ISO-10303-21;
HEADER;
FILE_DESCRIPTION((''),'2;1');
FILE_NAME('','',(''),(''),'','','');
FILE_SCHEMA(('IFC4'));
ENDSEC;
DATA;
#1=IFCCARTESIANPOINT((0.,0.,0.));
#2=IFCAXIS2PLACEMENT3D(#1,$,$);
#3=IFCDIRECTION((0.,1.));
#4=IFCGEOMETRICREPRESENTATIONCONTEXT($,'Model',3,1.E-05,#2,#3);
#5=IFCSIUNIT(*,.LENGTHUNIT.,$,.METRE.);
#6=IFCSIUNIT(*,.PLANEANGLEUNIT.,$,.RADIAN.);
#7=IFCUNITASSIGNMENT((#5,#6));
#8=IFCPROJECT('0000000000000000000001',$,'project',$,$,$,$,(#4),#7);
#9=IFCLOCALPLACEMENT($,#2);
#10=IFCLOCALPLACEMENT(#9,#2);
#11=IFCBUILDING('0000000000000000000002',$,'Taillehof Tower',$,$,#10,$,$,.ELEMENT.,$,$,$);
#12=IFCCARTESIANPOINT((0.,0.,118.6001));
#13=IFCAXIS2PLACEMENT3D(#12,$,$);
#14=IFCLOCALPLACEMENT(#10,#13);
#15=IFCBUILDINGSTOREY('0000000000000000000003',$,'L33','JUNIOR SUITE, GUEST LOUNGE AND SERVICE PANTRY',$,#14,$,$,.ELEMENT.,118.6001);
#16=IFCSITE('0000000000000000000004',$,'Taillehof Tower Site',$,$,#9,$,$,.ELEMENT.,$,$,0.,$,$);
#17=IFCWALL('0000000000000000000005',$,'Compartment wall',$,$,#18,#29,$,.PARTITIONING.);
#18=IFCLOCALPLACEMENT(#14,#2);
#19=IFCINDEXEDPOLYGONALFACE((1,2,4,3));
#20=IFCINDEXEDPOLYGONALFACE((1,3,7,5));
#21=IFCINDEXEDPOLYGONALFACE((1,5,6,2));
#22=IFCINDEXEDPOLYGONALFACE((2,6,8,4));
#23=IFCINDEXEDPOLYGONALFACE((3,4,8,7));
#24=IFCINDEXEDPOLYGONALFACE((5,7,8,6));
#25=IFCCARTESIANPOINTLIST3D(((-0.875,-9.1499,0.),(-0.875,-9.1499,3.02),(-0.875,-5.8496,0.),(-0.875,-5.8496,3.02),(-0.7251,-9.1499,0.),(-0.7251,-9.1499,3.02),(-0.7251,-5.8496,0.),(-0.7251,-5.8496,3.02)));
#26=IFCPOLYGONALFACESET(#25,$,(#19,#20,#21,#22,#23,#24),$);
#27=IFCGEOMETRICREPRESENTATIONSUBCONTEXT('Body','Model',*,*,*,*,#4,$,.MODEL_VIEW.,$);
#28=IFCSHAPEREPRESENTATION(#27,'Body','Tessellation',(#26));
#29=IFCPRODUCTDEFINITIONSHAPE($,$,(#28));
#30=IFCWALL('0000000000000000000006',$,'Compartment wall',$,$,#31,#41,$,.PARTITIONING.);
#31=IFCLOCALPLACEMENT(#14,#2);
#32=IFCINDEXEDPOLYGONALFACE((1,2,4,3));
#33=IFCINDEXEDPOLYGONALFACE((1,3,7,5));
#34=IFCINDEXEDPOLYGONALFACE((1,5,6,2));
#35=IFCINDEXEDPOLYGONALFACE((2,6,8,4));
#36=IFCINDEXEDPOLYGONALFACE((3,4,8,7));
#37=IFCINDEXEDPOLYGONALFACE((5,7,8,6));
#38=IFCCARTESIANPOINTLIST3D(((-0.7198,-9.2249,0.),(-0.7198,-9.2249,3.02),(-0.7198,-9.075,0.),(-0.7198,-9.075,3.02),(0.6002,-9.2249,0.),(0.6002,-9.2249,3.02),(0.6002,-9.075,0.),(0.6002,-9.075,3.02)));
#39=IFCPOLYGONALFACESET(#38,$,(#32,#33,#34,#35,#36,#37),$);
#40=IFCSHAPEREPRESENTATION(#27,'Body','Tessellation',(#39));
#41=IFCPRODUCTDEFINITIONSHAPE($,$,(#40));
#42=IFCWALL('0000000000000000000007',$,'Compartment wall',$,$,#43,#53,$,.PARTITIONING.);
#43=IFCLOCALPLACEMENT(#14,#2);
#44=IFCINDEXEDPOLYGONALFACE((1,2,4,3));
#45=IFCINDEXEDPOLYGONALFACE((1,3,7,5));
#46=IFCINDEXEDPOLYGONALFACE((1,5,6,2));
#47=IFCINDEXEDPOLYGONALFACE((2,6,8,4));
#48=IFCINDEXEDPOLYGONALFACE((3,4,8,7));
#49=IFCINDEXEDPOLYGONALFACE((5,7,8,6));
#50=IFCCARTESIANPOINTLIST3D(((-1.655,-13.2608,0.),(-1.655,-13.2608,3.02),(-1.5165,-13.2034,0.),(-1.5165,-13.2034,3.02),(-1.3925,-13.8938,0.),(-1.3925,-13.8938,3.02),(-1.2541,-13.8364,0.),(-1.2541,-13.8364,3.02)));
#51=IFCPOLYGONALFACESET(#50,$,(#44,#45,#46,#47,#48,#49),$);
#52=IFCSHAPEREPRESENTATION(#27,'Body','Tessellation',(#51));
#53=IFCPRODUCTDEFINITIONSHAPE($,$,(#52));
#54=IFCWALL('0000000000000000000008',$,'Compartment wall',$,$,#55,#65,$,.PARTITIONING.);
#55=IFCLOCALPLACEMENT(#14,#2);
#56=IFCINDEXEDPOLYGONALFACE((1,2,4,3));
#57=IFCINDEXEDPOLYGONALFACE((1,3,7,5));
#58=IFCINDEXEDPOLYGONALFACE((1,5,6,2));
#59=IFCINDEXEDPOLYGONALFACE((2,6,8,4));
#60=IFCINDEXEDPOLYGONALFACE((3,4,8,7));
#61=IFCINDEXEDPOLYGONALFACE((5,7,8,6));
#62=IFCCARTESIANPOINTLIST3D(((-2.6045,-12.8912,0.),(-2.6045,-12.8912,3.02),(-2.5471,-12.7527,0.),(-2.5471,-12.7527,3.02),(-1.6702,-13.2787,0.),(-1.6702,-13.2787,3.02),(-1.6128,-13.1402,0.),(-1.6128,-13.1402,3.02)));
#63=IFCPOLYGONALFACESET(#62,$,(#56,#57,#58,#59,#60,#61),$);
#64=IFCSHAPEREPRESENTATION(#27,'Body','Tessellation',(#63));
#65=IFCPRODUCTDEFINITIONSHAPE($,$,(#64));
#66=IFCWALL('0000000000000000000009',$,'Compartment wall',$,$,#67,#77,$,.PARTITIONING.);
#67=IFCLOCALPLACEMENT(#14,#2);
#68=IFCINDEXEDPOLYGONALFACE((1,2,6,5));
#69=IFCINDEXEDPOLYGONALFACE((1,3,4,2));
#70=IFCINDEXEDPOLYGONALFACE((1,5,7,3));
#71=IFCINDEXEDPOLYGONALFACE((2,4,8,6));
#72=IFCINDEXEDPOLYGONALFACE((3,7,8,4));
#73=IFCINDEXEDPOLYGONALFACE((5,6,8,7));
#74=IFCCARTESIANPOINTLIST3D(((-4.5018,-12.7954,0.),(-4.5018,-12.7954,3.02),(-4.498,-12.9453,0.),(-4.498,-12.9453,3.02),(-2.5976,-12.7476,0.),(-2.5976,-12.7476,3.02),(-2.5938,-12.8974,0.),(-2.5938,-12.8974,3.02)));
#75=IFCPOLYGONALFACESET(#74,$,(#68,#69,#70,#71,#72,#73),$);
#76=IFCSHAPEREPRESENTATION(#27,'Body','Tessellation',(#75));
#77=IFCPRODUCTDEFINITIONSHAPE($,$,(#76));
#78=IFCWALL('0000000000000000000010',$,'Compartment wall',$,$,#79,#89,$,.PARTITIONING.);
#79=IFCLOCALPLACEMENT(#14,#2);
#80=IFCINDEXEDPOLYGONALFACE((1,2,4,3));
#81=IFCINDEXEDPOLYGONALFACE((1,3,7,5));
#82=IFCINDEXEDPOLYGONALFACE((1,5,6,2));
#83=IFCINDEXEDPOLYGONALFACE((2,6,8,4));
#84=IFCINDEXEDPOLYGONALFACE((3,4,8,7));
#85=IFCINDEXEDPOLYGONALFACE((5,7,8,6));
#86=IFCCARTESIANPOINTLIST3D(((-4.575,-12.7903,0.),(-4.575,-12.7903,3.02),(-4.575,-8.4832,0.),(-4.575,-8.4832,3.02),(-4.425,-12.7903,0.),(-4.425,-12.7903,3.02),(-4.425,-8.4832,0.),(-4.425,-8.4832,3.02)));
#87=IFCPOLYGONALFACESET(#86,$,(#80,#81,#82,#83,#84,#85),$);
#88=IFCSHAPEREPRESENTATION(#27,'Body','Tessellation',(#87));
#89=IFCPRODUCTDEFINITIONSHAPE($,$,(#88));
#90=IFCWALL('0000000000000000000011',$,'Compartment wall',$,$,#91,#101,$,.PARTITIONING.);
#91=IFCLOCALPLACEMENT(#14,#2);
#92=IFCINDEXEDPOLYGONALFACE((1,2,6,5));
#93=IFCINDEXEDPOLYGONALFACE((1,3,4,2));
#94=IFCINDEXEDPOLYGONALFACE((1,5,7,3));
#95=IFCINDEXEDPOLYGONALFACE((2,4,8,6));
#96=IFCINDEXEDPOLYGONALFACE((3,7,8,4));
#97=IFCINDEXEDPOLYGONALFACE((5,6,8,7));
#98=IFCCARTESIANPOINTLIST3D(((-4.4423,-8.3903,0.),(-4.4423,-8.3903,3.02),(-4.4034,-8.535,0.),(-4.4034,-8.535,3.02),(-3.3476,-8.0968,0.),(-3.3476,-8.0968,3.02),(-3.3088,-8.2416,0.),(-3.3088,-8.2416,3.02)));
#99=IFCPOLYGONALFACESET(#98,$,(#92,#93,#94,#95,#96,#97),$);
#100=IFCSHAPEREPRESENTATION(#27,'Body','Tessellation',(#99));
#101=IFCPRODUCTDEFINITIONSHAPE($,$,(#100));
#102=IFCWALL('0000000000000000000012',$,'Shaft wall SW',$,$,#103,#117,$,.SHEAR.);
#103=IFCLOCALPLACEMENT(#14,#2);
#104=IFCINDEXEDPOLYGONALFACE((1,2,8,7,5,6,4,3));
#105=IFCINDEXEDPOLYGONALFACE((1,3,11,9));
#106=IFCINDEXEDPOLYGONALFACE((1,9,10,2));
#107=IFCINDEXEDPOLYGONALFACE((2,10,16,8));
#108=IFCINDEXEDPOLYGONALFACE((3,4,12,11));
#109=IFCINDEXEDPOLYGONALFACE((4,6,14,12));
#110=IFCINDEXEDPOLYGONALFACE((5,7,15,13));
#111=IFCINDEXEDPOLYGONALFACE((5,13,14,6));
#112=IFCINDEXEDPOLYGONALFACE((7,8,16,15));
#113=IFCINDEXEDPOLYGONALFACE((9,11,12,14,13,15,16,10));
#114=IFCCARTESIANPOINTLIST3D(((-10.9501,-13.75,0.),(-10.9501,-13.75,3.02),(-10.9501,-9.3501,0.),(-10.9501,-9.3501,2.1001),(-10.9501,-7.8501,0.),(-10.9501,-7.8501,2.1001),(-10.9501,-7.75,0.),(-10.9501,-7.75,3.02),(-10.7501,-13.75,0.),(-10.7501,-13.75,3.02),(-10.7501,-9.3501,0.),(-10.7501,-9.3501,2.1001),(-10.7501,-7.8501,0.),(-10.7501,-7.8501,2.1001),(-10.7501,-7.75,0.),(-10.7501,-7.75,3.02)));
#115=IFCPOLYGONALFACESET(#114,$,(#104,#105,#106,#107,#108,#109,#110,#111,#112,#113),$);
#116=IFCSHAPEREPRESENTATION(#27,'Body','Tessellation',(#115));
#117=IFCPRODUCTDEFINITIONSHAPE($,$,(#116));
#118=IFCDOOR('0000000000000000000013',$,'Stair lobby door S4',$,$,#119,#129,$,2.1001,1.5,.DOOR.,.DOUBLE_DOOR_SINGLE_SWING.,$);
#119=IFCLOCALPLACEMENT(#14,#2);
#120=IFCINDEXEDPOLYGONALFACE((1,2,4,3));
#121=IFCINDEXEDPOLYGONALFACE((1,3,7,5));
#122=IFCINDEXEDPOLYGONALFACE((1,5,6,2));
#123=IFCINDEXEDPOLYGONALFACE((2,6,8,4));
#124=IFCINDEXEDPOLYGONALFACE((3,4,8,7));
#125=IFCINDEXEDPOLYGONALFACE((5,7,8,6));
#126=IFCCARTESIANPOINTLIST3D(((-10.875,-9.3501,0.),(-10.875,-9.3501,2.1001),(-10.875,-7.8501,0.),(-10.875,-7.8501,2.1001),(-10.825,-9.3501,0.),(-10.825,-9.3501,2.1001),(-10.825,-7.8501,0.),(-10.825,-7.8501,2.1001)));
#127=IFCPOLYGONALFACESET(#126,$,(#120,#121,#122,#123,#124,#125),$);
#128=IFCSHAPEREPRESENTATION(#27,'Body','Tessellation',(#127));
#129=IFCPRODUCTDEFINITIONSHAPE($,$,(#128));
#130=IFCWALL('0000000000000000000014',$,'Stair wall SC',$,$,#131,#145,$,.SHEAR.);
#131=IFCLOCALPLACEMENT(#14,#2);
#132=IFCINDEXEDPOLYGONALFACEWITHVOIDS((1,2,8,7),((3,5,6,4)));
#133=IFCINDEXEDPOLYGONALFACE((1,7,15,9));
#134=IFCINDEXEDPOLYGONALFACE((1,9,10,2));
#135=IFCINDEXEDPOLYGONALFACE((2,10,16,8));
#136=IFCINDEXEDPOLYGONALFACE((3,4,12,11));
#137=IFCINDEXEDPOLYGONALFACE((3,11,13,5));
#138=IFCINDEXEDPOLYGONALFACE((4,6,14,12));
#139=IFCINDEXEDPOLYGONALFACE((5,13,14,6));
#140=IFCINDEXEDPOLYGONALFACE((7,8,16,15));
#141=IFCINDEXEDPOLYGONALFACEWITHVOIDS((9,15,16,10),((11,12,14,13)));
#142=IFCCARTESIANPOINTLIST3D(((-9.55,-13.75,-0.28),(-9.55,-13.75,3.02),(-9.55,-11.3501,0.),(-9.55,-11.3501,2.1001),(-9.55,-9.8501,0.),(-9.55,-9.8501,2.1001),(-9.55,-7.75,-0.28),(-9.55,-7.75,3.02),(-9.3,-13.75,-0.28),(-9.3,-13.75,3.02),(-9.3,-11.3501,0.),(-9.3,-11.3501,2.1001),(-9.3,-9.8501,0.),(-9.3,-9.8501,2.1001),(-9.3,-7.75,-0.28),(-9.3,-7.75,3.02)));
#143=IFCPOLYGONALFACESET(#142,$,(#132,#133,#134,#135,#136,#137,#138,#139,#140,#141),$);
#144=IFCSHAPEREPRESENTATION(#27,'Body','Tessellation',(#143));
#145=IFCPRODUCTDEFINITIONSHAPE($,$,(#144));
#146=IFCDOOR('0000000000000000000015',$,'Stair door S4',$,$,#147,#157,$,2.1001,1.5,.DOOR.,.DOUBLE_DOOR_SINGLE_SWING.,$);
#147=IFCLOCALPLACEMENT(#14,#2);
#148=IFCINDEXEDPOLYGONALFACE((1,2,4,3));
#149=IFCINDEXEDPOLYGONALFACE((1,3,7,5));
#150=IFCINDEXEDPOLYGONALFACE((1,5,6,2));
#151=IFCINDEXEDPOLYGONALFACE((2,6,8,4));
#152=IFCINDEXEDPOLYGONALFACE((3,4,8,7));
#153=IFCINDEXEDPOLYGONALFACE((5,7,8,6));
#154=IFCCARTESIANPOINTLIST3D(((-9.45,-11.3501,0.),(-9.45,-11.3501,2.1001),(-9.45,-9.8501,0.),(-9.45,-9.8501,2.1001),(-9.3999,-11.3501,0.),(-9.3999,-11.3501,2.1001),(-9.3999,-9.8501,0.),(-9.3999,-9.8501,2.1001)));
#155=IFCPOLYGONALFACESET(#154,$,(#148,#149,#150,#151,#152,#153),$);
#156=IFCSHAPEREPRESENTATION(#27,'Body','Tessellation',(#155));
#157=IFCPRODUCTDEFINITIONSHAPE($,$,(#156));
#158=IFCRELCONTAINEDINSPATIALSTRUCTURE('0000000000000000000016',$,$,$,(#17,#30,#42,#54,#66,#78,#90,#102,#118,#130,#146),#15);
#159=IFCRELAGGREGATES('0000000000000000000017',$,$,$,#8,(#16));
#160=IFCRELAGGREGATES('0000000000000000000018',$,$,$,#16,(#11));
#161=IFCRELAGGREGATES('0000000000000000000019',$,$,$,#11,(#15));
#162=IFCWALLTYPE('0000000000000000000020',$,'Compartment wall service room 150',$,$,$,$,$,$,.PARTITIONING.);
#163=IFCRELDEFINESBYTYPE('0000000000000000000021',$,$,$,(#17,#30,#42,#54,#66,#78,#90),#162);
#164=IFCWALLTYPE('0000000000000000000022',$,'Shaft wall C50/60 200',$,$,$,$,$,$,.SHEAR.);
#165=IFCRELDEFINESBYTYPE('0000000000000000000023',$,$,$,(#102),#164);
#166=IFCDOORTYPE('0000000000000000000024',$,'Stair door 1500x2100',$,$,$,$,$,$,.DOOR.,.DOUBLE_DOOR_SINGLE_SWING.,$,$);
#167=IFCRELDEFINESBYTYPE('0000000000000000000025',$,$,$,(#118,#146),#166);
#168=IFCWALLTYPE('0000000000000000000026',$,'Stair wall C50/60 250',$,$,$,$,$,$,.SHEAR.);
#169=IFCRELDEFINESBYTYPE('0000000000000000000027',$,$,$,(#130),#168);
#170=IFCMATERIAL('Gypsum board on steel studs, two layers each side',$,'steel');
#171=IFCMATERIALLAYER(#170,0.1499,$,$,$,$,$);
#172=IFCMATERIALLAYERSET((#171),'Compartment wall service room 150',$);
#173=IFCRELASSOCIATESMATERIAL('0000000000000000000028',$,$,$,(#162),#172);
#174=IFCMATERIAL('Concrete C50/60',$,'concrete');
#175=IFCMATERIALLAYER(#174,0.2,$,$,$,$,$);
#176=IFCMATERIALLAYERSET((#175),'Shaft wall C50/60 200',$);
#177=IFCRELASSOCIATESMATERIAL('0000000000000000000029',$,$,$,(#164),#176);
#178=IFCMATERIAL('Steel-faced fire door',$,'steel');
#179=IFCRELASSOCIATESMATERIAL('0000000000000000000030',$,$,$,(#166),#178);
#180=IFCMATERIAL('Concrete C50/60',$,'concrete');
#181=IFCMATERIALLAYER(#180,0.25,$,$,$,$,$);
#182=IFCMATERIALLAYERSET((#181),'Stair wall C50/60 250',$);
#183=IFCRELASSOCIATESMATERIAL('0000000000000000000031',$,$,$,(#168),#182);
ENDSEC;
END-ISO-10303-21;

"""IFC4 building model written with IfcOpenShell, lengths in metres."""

from ifc_helpers import new_model, si_unit, direction, frame, frame_2d, origin, place, context, subcontext, project, spatial, rectangle, extrude, material, layer, layer_set, type_object, element, fill, save


model = new_model("IFC4")

# Units and contexts
model_context = context("Model", 3, precision=1e-05, world=origin(), true_north=direction((0.0, 1.0)))
body_context = subcontext(model_context, "Body", "Model", "MODEL_VIEW")
ifc_project = project(units=[si_unit("LENGTHUNIT", "METRE"), si_unit("PLANEANGLEUNIT", "RADIAN")], contexts=[model_context])

# Site, building, storey
site_placement = place(None, origin())
site = spatial("IfcSite", under=ifc_project, at=site_placement, Name="Taillehof Tower Site", CompositionType="ELEMENT", RefElevation=0.0)
building_placement = place(site_placement, origin())
building = spatial("IfcBuilding", under=site, at=building_placement, Name="Taillehof Tower", CompositionType="ELEMENT")
storey_placement = place(building_placement, frame((0.0, 0.0, 118.6001)))
storey = spatial("IfcBuildingStorey", under=building, at=storey_placement, Name="L33", Description="JUNIOR SUITE, GUEST LOUNGE AND SERVICE PANTRY", CompositionType="ELEMENT", Elevation=118.6001)

# Shared definitions
ifc_material_1 = material(Name="Gypsum board on steel studs, two layers each side", Category="steel")
ifc_layer_1 = layer(ifc_material_1, 0.1499)
ifc_layer_set_1 = layer_set([ifc_layer_1], Name="Compartment wall service room 150")
wall_type_1 = type_object("IfcWallType", Name="Compartment wall service room 150", PredefinedType="PARTITIONING", material=ifc_layer_set_1)

# Walls
wall_1_placement = place(storey_placement, frame((-0.8, -5.8496, 0.0), z_axis=(0.0, 0.0, 1.0), x_axis=(0.0, -1.0, 0.0)))
element("IfcWall", 1, at=wall_1_placement, inside=storey, type_object=wall_type_1, Name="Compartment wall", PredefinedType="PARTITIONING", context=body_context, shape_type="SweptSolid", body=[
    extrude(rectangle(XDim=3.3003, YDim=0.1499, at=frame_2d((1.6501, 0.0))), origin(), (0.0, 0.0, 1.0), 3.02),
])
wall_2_placement = place(storey_placement, frame((-0.72, -9.1499, 0.0), z_axis=(0.0, 0.0, 1.0), x_axis=(1.0, 0.0, 0.0)))
element("IfcWall", 2, at=wall_2_placement, inside=storey, type_object=wall_type_1, Name="Compartment wall", PredefinedType="PARTITIONING", context=body_context, shape_type="SweptSolid", body=[
    extrude(rectangle(XDim=1.3201, YDim=0.1499, at=frame_2d((0.6602, 0.0))), origin(), (0.0, 0.0, 1.0), 3.02),
])
wall_3_placement = place(storey_placement, frame((-1.3232, -13.8652, 0.0), z_axis=(0.0, 0.0, 1.0), x_axis=(-0.382971, 0.923761, 0.0)))
element("IfcWall", 3, at=wall_3_placement, inside=storey, type_object=wall_type_1, Name="Compartment wall", PredefinedType="PARTITIONING", context=body_context, shape_type="SweptSolid", body=[
    extrude(rectangle(XDim=0.6853, YDim=0.1499, at=frame_2d((0.3428, 0.0))), origin(), (0.0, 0.0, 1.0), 3.02),
])
wall_4_placement = place(storey_placement, frame((-1.6414, -13.2095, 0.0), z_axis=(0.0, 0.0, 1.0), x_axis=(-0.923725, 0.383055, 0.0)))
element("IfcWall", 4, at=wall_4_placement, inside=storey, type_object=wall_type_1, Name="Compartment wall", PredefinedType="PARTITIONING", context=body_context, shape_type="SweptSolid", body=[
    extrude(rectangle(XDim=1.0115, YDim=0.1499, at=frame_2d((0.5059, 0.0))), origin(), (0.0, 0.0, 1.0), 3.02),
])
wall_5_placement = place(storey_placement, frame((-2.5957, -12.8225, 0.0), z_axis=(0.0, 0.0, 1.0), x_axis=(-0.999684, -0.02512, 0.0)))
element("IfcWall", 5, at=wall_5_placement, inside=storey, type_object=wall_type_1, Name="Compartment wall", PredefinedType="PARTITIONING", context=body_context, shape_type="SweptSolid", body=[
    extrude(rectangle(XDim=1.9048, YDim=0.1499, at=frame_2d((0.9524, 0.0))), origin(), (0.0, 0.0, 1.0), 3.02),
])
wall_6_placement = place(storey_placement, frame((-4.5, -12.7903, 0.0), z_axis=(0.0, 0.0, 1.0), x_axis=(0.0, 1.0, 0.0)))
element("IfcWall", 6, at=wall_6_placement, inside=storey, type_object=wall_type_1, Name="Compartment wall", PredefinedType="PARTITIONING", context=body_context, shape_type="SweptSolid", body=[
    extrude(rectangle(XDim=4.3071, YDim=0.1499, at=frame_2d((2.1536, 0.0))), origin(), (0.0, 0.0, 1.0), 3.02),
])
wall_7_placement = place(storey_placement, frame((-4.4229, -8.4626, 0.0), z_axis=(0.0, 0.0, 1.0), x_axis=(0.965898, 0.258923, 0.0)))
element("IfcWall", 7, at=wall_7_placement, inside=storey, type_object=wall_type_1, Name="Compartment wall", PredefinedType="PARTITIONING", context=body_context, shape_type="SweptSolid", body=[
    extrude(rectangle(XDim=1.1333, YDim=0.1499, at=frame_2d((0.5667, 0.0))), origin(), (0.0, 0.0, 1.0), 3.02),
])

# Walls, openings, doors
ifc_material_2 = material(Name="Concrete C50/60", Category="concrete")
ifc_layer_2 = layer(ifc_material_2, 0.2)
ifc_layer_set_2 = layer_set([ifc_layer_2], Name="Shaft wall C50/60 200")
wall_type_2 = type_object("IfcWallType", Name="Shaft wall C50/60 200", PredefinedType="SHEAR", material=ifc_layer_set_2)
wall_8_placement = place(storey_placement, frame((-10.8501, -13.75, 0.0), z_axis=(0.0, 0.0, 1.0), x_axis=(0.0, 1.0, 0.0)))
wall_8 = element("IfcWall", 8, at=wall_8_placement, inside=storey, type_object=wall_type_2, Name="Shaft wall SW", PredefinedType="SHEAR", context=body_context, shape_type="SweptSolid", body=[
    extrude(rectangle(XDim=6.0, YDim=0.2, at=frame_2d((3.0, 0.0))), origin(), (0.0, 0.0, 1.0), 3.02),
])
opening_1_placement = place(wall_8_placement, frame((4.3999, 0.0, 0.0)))
opening_1 = element("IfcOpeningElement", 9, at=opening_1_placement, cuts=wall_8, PredefinedType="OPENING", context=body_context, shape_type="SweptSolid", body=[
    extrude(rectangle(XDim=1.5, YDim=2.1001, at=frame_2d((0.75, 1.05))), frame((0.0, 0.1099, 0.0), z_axis=(0.0, -1.0, 0.0), x_axis=(1.0, 0.0, 0.0)), (0.0, 0.0, 1.0), 0.22),
])
ifc_material_3 = material(Name="Steel-faced fire door", Category="steel")
door_type_1 = type_object("IfcDoorType", Name="Stair door 1500x2100", OperationType="DOUBLE_DOOR_SINGLE_SWING", PredefinedType="DOOR", material=ifc_material_3)
door_1_placement = place(opening_1_placement, origin())
door_1 = element("IfcDoor", 10, at=door_1_placement, inside=storey, type_object=door_type_1, Name="Stair lobby door S4", OperationType="DOUBLE_DOOR_SINGLE_SWING", OverallHeight=2.1001, OverallWidth=1.5, PredefinedType="DOOR", context=body_context, shape_type="SweptSolid", body=[
    extrude(rectangle(XDim=1.5, YDim=2.1001, at=frame_2d((0.75, 1.05))), frame((0.0, 0.0249, 0.0), z_axis=(0.0, -1.0, 0.0), x_axis=(1.0, 0.0, 0.0)), (0.0, 0.0, 1.0), 0.05),
])
fill(opening_1, door_1)
ifc_material_4 = material(Name="Concrete C50/60", Category="concrete")
ifc_layer_3 = layer(ifc_material_4, 0.25)
ifc_layer_set_3 = layer_set([ifc_layer_3], Name="Stair wall C50/60 250")
wall_type_3 = type_object("IfcWallType", Name="Stair wall C50/60 250", PredefinedType="SHEAR", material=ifc_layer_set_3)
wall_9_placement = place(storey_placement, frame((-9.425, -13.75, -0.28), z_axis=(0.0, 0.0, 1.0), x_axis=(0.0, 1.0, 0.0)))
wall_9 = element("IfcWall", 11, at=wall_9_placement, inside=storey, type_object=wall_type_3, Name="Stair wall SC", PredefinedType="SHEAR", context=body_context, shape_type="SweptSolid", body=[
    extrude(rectangle(XDim=6.0, YDim=0.25, at=frame_2d((3.0, 0.0))), origin(), (0.0, 0.0, 1.0), 3.3),
])
opening_2_placement = place(wall_9_placement, frame((2.3999, 0.0, 0.28)))
opening_2 = element("IfcOpeningElement", 12, at=opening_2_placement, cuts=wall_9, PredefinedType="OPENING", context=body_context, shape_type="SweptSolid", body=[
    extrude(rectangle(XDim=1.5, YDim=2.1001, at=frame_2d((0.75, 1.05))), frame((0.0, 0.135, 0.0), z_axis=(0.0, -1.0, 0.0), x_axis=(1.0, 0.0, 0.0)), (0.0, 0.0, 1.0), 0.27),
])
door_2_placement = place(opening_2_placement, origin())
door_2 = element("IfcDoor", 13, at=door_2_placement, inside=storey, type_object=door_type_1, Name="Stair door S4", OperationType="DOUBLE_DOOR_SINGLE_SWING", OverallHeight=2.1001, OverallWidth=1.5, PredefinedType="DOOR", context=body_context, shape_type="SweptSolid", body=[
    extrude(rectangle(XDim=1.5, YDim=2.1001, at=frame_2d((0.75, 1.05))), frame((0.0, 0.0249, 0.0), z_axis=(0.0, -1.0, 0.0), x_axis=(1.0, 0.0, 0.0)), (0.0, 0.0, 1.0), 0.05),
])
fill(opening_2, door_2)

save(model, "model.ifc")
